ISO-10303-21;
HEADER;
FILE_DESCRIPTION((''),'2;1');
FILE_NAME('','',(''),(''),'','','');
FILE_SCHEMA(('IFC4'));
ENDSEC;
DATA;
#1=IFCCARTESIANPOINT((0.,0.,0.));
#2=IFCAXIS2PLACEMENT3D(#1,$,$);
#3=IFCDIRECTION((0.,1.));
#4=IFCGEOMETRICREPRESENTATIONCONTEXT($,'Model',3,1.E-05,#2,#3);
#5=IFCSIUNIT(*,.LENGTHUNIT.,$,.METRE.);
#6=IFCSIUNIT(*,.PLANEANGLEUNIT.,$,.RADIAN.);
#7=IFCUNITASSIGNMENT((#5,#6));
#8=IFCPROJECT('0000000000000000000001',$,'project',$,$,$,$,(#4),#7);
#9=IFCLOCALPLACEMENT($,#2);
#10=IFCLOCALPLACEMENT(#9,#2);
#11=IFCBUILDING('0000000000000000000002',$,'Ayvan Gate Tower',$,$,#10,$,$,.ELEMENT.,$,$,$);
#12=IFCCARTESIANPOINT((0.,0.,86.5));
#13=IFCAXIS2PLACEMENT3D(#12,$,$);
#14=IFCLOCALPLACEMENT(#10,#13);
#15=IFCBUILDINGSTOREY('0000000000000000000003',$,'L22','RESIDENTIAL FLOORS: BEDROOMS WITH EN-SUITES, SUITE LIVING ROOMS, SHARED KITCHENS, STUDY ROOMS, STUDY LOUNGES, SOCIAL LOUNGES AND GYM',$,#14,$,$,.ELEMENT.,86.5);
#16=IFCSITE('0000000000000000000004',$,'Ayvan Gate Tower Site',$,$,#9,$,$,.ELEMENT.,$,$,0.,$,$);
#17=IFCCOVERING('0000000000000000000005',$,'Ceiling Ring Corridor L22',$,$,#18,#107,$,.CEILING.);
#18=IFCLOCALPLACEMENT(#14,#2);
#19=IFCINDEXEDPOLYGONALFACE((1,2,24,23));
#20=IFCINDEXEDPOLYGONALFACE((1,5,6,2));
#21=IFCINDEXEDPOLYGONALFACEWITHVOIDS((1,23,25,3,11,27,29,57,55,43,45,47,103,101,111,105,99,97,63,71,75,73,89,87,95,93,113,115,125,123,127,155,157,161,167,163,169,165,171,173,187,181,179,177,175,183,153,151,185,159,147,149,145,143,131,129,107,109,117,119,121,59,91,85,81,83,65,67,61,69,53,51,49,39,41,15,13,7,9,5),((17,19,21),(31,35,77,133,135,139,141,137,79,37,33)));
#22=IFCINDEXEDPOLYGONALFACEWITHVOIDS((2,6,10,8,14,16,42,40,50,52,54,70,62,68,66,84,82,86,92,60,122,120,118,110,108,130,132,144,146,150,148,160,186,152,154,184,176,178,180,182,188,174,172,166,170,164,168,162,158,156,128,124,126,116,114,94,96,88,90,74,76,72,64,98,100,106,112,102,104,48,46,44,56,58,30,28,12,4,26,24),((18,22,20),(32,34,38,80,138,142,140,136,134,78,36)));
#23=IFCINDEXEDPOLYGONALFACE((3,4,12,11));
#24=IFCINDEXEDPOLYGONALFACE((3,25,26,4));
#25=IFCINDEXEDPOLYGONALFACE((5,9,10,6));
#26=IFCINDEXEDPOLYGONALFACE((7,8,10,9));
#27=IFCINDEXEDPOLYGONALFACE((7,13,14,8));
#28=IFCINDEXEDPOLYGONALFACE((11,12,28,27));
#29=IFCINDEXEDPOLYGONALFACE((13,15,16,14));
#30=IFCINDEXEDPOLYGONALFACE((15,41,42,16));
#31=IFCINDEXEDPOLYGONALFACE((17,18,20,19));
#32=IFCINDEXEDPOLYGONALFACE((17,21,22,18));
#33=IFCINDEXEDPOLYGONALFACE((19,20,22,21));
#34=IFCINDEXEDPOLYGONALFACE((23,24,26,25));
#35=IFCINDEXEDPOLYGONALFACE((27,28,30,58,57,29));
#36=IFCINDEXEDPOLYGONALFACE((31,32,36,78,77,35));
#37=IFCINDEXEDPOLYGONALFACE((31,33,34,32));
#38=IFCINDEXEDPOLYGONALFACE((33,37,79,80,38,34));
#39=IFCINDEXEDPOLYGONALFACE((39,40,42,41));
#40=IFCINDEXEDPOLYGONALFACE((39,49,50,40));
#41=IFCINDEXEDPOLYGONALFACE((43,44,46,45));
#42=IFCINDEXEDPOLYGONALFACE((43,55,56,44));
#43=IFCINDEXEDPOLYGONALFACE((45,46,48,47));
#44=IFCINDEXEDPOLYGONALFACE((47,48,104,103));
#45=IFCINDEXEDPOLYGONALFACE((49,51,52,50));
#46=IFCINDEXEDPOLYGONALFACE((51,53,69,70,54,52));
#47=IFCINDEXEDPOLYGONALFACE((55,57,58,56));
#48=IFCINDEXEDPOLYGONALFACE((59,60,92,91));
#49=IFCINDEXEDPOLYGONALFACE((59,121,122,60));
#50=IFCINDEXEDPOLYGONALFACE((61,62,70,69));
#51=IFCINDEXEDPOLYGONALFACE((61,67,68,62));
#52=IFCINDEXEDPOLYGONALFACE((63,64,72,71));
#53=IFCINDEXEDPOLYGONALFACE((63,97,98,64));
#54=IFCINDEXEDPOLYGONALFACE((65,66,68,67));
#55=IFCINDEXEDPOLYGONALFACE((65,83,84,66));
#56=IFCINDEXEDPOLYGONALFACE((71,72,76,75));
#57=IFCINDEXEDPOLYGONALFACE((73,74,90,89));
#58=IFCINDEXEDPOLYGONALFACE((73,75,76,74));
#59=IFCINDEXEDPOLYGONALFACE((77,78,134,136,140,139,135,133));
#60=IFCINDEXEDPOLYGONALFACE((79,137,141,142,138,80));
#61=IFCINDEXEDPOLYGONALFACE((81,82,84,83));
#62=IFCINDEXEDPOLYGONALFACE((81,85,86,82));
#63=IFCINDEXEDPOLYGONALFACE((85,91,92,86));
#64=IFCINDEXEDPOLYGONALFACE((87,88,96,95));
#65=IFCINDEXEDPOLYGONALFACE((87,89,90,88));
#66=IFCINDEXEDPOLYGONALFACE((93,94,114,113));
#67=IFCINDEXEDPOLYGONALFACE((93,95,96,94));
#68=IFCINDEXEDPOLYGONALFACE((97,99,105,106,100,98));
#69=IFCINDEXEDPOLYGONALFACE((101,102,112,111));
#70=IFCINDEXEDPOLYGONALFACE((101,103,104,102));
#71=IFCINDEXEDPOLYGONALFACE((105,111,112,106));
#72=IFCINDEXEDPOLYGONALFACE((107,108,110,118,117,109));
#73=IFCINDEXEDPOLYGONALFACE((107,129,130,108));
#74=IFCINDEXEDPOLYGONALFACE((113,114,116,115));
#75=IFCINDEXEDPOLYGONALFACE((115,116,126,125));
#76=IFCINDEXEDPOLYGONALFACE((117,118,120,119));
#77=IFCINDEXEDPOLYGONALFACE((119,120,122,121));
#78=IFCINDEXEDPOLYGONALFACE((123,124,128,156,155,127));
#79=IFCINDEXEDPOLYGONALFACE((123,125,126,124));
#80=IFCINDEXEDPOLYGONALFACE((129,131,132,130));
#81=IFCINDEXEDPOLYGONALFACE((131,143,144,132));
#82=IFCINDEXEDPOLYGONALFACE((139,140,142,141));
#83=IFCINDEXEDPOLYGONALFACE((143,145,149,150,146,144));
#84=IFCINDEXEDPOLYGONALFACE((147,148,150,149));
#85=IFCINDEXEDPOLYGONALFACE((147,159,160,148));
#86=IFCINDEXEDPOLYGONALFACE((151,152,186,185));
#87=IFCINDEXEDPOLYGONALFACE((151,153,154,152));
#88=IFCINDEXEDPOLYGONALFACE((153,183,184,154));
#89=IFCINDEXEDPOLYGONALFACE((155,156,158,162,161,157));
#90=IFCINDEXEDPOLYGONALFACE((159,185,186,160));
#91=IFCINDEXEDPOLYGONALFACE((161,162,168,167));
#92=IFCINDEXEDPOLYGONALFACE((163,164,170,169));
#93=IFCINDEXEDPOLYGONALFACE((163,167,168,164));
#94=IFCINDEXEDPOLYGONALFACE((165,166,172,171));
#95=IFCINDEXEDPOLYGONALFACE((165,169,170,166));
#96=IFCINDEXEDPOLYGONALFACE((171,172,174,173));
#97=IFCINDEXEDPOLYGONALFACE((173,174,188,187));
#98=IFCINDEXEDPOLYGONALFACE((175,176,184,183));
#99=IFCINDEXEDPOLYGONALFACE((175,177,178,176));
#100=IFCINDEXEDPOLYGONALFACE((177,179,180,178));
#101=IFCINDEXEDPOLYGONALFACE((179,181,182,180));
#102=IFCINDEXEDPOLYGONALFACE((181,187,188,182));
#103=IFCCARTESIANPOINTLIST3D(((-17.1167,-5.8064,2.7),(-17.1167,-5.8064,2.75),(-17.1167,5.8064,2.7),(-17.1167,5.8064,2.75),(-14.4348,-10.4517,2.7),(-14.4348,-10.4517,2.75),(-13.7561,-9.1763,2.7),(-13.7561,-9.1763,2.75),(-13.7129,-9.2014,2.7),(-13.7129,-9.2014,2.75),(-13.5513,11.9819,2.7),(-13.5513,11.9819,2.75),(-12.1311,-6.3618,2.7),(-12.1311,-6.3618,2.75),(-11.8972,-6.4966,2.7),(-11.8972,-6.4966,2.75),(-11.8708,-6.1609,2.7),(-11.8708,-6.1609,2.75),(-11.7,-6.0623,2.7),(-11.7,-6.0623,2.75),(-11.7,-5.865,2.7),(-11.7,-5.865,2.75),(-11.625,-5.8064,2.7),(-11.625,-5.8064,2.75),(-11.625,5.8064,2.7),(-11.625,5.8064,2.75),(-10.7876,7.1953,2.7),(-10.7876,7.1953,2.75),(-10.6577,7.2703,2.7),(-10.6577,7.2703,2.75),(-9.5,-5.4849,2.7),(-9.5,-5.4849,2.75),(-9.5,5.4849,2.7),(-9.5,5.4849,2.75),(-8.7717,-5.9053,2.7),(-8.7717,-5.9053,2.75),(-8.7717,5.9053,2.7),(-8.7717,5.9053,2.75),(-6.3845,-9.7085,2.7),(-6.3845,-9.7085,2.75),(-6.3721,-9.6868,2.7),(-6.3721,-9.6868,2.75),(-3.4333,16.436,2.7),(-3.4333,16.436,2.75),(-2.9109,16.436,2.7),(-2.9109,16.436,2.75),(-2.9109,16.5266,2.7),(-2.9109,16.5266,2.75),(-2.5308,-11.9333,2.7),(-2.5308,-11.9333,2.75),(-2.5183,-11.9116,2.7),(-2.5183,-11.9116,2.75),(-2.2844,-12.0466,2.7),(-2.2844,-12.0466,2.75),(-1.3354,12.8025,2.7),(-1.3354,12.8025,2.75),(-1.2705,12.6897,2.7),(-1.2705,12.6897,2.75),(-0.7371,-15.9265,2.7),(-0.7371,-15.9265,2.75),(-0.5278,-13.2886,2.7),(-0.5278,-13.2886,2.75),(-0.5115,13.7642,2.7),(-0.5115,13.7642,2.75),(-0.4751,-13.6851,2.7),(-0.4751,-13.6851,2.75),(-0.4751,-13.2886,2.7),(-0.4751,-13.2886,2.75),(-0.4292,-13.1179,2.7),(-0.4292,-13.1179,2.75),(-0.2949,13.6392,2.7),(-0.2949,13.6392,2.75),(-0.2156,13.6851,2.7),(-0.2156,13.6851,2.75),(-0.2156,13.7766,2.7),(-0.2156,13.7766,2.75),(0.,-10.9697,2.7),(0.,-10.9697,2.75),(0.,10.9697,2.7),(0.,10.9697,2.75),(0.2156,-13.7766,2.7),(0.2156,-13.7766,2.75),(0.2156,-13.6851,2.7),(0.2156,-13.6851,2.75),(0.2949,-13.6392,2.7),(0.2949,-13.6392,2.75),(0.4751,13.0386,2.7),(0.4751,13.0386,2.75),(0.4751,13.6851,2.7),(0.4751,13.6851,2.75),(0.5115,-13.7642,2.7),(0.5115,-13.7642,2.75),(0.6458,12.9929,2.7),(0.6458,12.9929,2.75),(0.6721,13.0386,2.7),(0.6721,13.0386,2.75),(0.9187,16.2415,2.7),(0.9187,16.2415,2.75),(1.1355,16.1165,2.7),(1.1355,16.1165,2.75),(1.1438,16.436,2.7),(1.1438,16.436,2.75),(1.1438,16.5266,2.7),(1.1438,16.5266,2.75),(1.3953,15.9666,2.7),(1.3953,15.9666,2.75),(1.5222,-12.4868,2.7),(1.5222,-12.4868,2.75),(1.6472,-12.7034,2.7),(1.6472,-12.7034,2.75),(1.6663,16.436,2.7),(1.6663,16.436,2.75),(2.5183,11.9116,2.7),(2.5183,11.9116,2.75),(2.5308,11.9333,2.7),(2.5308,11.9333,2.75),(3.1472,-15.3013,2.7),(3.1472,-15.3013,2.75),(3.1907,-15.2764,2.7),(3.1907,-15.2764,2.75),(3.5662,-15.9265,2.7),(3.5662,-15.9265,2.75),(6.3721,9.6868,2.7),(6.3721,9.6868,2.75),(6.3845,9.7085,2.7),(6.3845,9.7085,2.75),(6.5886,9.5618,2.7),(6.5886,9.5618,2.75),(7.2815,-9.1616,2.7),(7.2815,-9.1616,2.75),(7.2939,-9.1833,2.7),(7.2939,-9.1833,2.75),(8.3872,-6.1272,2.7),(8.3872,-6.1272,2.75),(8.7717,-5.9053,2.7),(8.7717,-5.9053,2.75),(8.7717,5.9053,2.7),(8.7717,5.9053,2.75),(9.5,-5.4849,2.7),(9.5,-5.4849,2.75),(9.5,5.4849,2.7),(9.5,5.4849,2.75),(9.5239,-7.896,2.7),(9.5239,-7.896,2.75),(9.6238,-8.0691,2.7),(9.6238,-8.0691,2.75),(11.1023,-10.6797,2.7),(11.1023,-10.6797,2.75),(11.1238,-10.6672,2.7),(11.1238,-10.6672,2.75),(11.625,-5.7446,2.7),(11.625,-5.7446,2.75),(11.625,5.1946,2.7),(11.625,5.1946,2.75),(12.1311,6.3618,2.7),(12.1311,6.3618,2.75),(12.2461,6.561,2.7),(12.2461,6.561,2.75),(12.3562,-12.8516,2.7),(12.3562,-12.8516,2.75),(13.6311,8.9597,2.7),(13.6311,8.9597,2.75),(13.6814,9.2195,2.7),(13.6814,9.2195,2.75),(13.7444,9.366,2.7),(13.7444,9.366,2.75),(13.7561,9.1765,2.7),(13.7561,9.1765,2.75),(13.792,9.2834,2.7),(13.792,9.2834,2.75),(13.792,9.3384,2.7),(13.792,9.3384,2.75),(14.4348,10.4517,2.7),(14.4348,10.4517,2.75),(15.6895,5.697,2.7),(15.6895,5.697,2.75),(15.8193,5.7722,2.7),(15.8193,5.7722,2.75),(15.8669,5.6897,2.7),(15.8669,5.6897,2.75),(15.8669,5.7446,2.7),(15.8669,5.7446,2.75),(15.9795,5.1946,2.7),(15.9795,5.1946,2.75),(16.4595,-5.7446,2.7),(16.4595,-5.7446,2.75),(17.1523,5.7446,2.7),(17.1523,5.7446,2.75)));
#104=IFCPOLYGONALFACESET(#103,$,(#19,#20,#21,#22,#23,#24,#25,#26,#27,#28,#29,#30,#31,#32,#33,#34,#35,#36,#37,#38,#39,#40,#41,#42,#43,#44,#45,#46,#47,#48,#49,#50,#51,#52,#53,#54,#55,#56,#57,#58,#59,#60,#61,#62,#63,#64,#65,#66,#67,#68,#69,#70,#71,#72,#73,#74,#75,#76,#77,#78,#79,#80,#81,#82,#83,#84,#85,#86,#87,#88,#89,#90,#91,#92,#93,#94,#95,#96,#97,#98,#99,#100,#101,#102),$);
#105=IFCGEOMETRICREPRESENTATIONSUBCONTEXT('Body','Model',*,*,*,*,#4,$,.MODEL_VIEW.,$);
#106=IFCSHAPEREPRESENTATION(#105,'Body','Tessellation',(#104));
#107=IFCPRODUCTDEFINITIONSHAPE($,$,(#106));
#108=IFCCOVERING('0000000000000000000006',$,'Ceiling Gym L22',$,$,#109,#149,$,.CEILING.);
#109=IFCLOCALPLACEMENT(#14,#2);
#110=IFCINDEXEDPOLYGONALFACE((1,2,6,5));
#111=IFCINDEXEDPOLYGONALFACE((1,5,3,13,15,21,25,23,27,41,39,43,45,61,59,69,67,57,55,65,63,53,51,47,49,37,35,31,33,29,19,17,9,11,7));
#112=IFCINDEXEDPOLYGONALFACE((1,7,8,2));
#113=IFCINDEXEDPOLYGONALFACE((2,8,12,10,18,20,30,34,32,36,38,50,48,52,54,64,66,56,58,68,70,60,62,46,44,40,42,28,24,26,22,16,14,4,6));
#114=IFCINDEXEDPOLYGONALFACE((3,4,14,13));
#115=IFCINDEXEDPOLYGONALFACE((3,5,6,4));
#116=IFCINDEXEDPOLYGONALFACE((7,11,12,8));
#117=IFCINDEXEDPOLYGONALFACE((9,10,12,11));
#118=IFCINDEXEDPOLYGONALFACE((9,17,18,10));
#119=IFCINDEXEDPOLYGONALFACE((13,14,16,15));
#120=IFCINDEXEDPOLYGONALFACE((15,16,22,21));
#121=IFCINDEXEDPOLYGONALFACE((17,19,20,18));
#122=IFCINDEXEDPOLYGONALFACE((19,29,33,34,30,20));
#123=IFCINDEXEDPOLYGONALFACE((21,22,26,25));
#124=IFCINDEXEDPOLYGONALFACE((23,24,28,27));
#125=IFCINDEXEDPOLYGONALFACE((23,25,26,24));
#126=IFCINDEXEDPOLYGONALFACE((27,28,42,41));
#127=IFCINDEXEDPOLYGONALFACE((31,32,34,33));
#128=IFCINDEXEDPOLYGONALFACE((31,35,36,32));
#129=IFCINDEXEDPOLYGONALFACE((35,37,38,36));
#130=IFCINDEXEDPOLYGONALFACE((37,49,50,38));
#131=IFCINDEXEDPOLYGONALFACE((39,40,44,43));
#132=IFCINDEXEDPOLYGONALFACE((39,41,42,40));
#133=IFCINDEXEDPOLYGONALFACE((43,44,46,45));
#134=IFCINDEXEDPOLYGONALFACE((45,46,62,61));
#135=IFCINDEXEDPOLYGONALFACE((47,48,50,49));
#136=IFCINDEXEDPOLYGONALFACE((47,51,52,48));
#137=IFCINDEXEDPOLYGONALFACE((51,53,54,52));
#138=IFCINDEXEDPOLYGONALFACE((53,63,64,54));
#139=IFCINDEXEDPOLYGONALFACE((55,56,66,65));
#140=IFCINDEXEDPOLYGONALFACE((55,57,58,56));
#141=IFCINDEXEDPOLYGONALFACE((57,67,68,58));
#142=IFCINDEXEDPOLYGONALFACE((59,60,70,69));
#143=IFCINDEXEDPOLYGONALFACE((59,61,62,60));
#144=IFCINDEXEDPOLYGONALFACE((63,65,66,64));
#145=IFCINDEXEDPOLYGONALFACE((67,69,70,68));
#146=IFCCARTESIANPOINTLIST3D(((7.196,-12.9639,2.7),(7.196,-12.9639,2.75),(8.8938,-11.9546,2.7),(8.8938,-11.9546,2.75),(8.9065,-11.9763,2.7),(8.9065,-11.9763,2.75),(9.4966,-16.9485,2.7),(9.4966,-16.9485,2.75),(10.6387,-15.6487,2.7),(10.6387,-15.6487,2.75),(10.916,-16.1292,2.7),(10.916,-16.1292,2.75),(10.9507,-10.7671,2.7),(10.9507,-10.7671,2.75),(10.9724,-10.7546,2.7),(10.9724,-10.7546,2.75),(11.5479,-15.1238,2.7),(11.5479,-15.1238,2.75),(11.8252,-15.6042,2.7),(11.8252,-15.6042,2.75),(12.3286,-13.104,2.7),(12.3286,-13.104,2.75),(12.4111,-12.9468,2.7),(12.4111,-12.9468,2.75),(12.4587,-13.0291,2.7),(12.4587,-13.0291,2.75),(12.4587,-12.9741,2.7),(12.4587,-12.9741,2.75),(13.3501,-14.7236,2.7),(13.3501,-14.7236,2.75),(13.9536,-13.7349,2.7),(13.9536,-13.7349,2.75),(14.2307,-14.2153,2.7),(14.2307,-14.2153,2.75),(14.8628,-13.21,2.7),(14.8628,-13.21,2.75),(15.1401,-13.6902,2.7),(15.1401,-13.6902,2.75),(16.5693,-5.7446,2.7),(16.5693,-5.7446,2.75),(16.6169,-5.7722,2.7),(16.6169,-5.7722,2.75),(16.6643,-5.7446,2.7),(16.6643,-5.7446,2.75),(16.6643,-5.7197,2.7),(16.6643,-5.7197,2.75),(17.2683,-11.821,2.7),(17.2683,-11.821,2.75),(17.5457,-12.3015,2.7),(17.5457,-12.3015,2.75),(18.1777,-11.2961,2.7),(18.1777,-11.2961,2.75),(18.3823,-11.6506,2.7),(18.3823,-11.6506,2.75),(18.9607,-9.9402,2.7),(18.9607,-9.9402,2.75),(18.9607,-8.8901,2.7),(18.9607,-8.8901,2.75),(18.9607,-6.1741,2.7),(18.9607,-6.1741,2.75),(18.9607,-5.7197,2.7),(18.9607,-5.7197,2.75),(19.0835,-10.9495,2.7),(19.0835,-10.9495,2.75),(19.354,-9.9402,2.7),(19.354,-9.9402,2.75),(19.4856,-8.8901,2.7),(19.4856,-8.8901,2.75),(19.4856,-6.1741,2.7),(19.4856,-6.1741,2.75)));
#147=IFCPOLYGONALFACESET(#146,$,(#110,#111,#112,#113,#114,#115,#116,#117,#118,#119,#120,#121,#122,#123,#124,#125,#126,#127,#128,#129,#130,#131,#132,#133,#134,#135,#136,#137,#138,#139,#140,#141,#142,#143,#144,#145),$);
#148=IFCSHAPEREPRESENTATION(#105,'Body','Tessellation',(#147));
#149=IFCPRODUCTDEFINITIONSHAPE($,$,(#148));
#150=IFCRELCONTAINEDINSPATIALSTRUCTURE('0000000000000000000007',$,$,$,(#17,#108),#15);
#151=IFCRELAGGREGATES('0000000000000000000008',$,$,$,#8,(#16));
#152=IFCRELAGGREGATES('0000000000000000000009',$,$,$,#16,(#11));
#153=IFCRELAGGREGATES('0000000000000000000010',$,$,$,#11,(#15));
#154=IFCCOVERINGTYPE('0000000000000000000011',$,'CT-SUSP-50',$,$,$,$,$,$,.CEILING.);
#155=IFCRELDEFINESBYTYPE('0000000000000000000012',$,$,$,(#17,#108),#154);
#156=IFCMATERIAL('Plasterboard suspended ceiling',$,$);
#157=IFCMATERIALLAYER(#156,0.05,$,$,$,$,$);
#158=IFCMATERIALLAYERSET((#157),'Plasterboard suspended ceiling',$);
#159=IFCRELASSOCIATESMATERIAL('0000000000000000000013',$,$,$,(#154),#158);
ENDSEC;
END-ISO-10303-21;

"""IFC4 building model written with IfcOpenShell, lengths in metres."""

from ifc_helpers import new_model, si_unit, direction, frame, origin, place, context, subcontext, project, spatial, polyline, outline, extrude, material, layer, layer_set, type_object, element, save


model = new_model("IFC4")

# Units and contexts
model_context = context("Model", 3, precision=1e-05, world=origin(), true_north=direction((0.0, 1.0)))
body_context = subcontext(model_context, "Body", "Model", "MODEL_VIEW")
ifc_project = project(units=[si_unit("LENGTHUNIT", "METRE"), si_unit("PLANEANGLEUNIT", "RADIAN")], contexts=[model_context])

# Site, building, storey
site_placement = place(None, origin())
site = spatial("IfcSite", under=ifc_project, at=site_placement, Name="Ayvan Gate Tower Site", CompositionType="ELEMENT", RefElevation=0.0)
building_placement = place(site_placement, origin())
building = spatial("IfcBuilding", under=site, at=building_placement, Name="Ayvan Gate Tower", CompositionType="ELEMENT")
storey_placement = place(building_placement, frame((0.0, 0.0, 86.5)))
storey = spatial("IfcBuildingStorey", under=building, at=storey_placement, Name="L22", Description="RESIDENTIAL FLOORS: BEDROOMS WITH EN-SUITES, SUITE LIVING ROOMS, SHARED KITCHENS, STUDY ROOMS, STUDY LOUNGES, SOCIAL LOUNGES AND GYM", CompositionType="ELEMENT", Elevation=86.5)

# Coverings
ifc_material_1 = material(Name="Plasterboard suspended ceiling")
ifc_layer_1 = layer(ifc_material_1, 0.05)
ifc_layer_set_1 = layer_set([ifc_layer_1], Name="Plasterboard suspended ceiling")
covering_type = type_object("IfcCoveringType", Name="CT-SUSP-50", PredefinedType="CEILING", material=ifc_layer_set_1)
covering_1_placement = place(storey_placement, frame((0.0, 0.0, 2.7)))
element("IfcCovering", 1, at=covering_1_placement, inside=storey, type_object=covering_type, Name="Ceiling Ring Corridor L22", PredefinedType="CEILING", context=body_context, shape_type="SweptSolid", body=[
    extrude(outline(polyline([(-11.625, 5.8064), (-17.1167, 5.8064), (-13.5513, 11.9819), (-10.7876, 7.1953), (-10.6577, 7.2703), (-1.2705, 12.6897), (-1.3354, 12.8025), (-3.4333, 16.436), (-2.9109, 16.436), (-2.9109, 16.5266), (1.1438, 16.5266), (1.1438, 16.436), (1.6663, 16.436), (1.3953, 15.9666), (1.1355, 16.1165), (0.9187, 16.2415), (-0.5115, 13.7642), (-0.2949, 13.6392), (-0.2156, 13.7766), (-0.2156, 13.6851), (0.4751, 13.6851), (0.4751, 13.0386), (0.6721, 13.0386), (0.6458, 12.9929), (2.5183, 11.9116), (2.5308, 11.9333), (6.3845, 9.7085), (6.3721, 9.6868), (6.5886, 9.5618), (12.1311, 6.3618), (12.2461, 6.561), (13.6311, 8.9597), (13.7561, 9.1765), (13.6814, 9.2195), (13.792, 9.2834), (13.7444, 9.366), (13.792, 9.3384), (14.4348, 10.4517), (17.1523, 5.7446), (15.8669, 5.7446), (15.8669, 5.6897), (15.8193, 5.7722), (15.6895, 5.697), (15.9795, 5.1946), (11.625, 5.1946), (11.625, -5.7446), (16.4595, -5.7446), (12.3562, -12.8516), (11.1023, -10.6797), (11.1238, -10.6672), (9.6238, -8.0691), (9.5239, -7.896), (7.2939, -9.1833), (7.2815, -9.1616), (1.5222, -12.4868), (1.6472, -12.7034), (3.1472, -15.3013), (3.1907, -15.2764), (3.5662, -15.9265), (-0.7371, -15.9265), (0.5115, -13.7642), (0.2949, -13.6392), (0.2156, -13.7766), (0.2156, -13.6851), (-0.4751, -13.6851), (-0.4751, -13.2886), (-0.5278, -13.2886), (-0.4292, -13.1179), (-2.2844, -12.0466), (-2.5183, -11.9116), (-2.5308, -11.9333), (-6.3845, -9.7085), (-6.3721, -9.6868), (-11.8972, -6.4966), (-12.1311, -6.3618), (-13.7561, -9.1763), (-13.7129, -9.2014), (-14.4348, -10.4517), (-17.1167, -5.8064), (-11.625, -5.8064), (-11.625, 5.8064)]), holes=[polyline([(9.5, 5.4849), (8.7717, 5.9053), (0.0, 10.9697), (-8.7717, 5.9053), (-9.5, 5.4849), (-9.5, -5.4849), (-8.7717, -5.9053), (0.0, -10.9697), (8.3872, -6.1272), (8.7717, -5.9053), (9.5, -5.4849), (9.5, 5.4849)]), polyline([(-11.7, -6.0623), (-11.7, -5.865), (-11.8708, -6.1609), (-11.7, -6.0623)])]), origin(), (0.0, 0.0, 1.0), 0.05),
])
covering_2_placement = place(storey_placement, frame((0.0, 0.0, 2.7)))
element("IfcCovering", 2, at=covering_2_placement, inside=storey, type_object=covering_type, Name="Ceiling Gym L22", PredefinedType="CEILING", context=body_context, shape_type="SweptSolid", body=[
    extrude(outline(polyline([(10.9507, -10.7671), (10.9724, -10.7546), (12.3286, -13.104), (12.4587, -13.0291), (12.4111, -12.9468), (12.4587, -12.9741), (16.6169, -5.7722), (16.5693, -5.7446), (16.6643, -5.7446), (16.6643, -5.7197), (18.9607, -5.7197), (18.9607, -6.1741), (19.4856, -6.1741), (19.4856, -8.8901), (18.9607, -8.8901), (18.9607, -9.9402), (19.354, -9.9402), (19.0835, -10.9495), (18.3823, -11.6506), (18.1777, -11.2961), (17.2683, -11.821), (17.5457, -12.3015), (15.1401, -13.6902), (14.8628, -13.21), (13.9536, -13.7349), (14.2307, -14.2153), (13.3501, -14.7236), (11.8252, -15.6042), (11.5479, -15.1238), (10.6387, -15.6487), (10.916, -16.1292), (9.4966, -16.9485), (7.196, -12.9639), (8.9065, -11.9763), (8.8938, -11.9546), (10.9507, -10.7671)])), origin(), (0.0, 0.0, 1.0), 0.05),
])

save(model, "model.ifc")
